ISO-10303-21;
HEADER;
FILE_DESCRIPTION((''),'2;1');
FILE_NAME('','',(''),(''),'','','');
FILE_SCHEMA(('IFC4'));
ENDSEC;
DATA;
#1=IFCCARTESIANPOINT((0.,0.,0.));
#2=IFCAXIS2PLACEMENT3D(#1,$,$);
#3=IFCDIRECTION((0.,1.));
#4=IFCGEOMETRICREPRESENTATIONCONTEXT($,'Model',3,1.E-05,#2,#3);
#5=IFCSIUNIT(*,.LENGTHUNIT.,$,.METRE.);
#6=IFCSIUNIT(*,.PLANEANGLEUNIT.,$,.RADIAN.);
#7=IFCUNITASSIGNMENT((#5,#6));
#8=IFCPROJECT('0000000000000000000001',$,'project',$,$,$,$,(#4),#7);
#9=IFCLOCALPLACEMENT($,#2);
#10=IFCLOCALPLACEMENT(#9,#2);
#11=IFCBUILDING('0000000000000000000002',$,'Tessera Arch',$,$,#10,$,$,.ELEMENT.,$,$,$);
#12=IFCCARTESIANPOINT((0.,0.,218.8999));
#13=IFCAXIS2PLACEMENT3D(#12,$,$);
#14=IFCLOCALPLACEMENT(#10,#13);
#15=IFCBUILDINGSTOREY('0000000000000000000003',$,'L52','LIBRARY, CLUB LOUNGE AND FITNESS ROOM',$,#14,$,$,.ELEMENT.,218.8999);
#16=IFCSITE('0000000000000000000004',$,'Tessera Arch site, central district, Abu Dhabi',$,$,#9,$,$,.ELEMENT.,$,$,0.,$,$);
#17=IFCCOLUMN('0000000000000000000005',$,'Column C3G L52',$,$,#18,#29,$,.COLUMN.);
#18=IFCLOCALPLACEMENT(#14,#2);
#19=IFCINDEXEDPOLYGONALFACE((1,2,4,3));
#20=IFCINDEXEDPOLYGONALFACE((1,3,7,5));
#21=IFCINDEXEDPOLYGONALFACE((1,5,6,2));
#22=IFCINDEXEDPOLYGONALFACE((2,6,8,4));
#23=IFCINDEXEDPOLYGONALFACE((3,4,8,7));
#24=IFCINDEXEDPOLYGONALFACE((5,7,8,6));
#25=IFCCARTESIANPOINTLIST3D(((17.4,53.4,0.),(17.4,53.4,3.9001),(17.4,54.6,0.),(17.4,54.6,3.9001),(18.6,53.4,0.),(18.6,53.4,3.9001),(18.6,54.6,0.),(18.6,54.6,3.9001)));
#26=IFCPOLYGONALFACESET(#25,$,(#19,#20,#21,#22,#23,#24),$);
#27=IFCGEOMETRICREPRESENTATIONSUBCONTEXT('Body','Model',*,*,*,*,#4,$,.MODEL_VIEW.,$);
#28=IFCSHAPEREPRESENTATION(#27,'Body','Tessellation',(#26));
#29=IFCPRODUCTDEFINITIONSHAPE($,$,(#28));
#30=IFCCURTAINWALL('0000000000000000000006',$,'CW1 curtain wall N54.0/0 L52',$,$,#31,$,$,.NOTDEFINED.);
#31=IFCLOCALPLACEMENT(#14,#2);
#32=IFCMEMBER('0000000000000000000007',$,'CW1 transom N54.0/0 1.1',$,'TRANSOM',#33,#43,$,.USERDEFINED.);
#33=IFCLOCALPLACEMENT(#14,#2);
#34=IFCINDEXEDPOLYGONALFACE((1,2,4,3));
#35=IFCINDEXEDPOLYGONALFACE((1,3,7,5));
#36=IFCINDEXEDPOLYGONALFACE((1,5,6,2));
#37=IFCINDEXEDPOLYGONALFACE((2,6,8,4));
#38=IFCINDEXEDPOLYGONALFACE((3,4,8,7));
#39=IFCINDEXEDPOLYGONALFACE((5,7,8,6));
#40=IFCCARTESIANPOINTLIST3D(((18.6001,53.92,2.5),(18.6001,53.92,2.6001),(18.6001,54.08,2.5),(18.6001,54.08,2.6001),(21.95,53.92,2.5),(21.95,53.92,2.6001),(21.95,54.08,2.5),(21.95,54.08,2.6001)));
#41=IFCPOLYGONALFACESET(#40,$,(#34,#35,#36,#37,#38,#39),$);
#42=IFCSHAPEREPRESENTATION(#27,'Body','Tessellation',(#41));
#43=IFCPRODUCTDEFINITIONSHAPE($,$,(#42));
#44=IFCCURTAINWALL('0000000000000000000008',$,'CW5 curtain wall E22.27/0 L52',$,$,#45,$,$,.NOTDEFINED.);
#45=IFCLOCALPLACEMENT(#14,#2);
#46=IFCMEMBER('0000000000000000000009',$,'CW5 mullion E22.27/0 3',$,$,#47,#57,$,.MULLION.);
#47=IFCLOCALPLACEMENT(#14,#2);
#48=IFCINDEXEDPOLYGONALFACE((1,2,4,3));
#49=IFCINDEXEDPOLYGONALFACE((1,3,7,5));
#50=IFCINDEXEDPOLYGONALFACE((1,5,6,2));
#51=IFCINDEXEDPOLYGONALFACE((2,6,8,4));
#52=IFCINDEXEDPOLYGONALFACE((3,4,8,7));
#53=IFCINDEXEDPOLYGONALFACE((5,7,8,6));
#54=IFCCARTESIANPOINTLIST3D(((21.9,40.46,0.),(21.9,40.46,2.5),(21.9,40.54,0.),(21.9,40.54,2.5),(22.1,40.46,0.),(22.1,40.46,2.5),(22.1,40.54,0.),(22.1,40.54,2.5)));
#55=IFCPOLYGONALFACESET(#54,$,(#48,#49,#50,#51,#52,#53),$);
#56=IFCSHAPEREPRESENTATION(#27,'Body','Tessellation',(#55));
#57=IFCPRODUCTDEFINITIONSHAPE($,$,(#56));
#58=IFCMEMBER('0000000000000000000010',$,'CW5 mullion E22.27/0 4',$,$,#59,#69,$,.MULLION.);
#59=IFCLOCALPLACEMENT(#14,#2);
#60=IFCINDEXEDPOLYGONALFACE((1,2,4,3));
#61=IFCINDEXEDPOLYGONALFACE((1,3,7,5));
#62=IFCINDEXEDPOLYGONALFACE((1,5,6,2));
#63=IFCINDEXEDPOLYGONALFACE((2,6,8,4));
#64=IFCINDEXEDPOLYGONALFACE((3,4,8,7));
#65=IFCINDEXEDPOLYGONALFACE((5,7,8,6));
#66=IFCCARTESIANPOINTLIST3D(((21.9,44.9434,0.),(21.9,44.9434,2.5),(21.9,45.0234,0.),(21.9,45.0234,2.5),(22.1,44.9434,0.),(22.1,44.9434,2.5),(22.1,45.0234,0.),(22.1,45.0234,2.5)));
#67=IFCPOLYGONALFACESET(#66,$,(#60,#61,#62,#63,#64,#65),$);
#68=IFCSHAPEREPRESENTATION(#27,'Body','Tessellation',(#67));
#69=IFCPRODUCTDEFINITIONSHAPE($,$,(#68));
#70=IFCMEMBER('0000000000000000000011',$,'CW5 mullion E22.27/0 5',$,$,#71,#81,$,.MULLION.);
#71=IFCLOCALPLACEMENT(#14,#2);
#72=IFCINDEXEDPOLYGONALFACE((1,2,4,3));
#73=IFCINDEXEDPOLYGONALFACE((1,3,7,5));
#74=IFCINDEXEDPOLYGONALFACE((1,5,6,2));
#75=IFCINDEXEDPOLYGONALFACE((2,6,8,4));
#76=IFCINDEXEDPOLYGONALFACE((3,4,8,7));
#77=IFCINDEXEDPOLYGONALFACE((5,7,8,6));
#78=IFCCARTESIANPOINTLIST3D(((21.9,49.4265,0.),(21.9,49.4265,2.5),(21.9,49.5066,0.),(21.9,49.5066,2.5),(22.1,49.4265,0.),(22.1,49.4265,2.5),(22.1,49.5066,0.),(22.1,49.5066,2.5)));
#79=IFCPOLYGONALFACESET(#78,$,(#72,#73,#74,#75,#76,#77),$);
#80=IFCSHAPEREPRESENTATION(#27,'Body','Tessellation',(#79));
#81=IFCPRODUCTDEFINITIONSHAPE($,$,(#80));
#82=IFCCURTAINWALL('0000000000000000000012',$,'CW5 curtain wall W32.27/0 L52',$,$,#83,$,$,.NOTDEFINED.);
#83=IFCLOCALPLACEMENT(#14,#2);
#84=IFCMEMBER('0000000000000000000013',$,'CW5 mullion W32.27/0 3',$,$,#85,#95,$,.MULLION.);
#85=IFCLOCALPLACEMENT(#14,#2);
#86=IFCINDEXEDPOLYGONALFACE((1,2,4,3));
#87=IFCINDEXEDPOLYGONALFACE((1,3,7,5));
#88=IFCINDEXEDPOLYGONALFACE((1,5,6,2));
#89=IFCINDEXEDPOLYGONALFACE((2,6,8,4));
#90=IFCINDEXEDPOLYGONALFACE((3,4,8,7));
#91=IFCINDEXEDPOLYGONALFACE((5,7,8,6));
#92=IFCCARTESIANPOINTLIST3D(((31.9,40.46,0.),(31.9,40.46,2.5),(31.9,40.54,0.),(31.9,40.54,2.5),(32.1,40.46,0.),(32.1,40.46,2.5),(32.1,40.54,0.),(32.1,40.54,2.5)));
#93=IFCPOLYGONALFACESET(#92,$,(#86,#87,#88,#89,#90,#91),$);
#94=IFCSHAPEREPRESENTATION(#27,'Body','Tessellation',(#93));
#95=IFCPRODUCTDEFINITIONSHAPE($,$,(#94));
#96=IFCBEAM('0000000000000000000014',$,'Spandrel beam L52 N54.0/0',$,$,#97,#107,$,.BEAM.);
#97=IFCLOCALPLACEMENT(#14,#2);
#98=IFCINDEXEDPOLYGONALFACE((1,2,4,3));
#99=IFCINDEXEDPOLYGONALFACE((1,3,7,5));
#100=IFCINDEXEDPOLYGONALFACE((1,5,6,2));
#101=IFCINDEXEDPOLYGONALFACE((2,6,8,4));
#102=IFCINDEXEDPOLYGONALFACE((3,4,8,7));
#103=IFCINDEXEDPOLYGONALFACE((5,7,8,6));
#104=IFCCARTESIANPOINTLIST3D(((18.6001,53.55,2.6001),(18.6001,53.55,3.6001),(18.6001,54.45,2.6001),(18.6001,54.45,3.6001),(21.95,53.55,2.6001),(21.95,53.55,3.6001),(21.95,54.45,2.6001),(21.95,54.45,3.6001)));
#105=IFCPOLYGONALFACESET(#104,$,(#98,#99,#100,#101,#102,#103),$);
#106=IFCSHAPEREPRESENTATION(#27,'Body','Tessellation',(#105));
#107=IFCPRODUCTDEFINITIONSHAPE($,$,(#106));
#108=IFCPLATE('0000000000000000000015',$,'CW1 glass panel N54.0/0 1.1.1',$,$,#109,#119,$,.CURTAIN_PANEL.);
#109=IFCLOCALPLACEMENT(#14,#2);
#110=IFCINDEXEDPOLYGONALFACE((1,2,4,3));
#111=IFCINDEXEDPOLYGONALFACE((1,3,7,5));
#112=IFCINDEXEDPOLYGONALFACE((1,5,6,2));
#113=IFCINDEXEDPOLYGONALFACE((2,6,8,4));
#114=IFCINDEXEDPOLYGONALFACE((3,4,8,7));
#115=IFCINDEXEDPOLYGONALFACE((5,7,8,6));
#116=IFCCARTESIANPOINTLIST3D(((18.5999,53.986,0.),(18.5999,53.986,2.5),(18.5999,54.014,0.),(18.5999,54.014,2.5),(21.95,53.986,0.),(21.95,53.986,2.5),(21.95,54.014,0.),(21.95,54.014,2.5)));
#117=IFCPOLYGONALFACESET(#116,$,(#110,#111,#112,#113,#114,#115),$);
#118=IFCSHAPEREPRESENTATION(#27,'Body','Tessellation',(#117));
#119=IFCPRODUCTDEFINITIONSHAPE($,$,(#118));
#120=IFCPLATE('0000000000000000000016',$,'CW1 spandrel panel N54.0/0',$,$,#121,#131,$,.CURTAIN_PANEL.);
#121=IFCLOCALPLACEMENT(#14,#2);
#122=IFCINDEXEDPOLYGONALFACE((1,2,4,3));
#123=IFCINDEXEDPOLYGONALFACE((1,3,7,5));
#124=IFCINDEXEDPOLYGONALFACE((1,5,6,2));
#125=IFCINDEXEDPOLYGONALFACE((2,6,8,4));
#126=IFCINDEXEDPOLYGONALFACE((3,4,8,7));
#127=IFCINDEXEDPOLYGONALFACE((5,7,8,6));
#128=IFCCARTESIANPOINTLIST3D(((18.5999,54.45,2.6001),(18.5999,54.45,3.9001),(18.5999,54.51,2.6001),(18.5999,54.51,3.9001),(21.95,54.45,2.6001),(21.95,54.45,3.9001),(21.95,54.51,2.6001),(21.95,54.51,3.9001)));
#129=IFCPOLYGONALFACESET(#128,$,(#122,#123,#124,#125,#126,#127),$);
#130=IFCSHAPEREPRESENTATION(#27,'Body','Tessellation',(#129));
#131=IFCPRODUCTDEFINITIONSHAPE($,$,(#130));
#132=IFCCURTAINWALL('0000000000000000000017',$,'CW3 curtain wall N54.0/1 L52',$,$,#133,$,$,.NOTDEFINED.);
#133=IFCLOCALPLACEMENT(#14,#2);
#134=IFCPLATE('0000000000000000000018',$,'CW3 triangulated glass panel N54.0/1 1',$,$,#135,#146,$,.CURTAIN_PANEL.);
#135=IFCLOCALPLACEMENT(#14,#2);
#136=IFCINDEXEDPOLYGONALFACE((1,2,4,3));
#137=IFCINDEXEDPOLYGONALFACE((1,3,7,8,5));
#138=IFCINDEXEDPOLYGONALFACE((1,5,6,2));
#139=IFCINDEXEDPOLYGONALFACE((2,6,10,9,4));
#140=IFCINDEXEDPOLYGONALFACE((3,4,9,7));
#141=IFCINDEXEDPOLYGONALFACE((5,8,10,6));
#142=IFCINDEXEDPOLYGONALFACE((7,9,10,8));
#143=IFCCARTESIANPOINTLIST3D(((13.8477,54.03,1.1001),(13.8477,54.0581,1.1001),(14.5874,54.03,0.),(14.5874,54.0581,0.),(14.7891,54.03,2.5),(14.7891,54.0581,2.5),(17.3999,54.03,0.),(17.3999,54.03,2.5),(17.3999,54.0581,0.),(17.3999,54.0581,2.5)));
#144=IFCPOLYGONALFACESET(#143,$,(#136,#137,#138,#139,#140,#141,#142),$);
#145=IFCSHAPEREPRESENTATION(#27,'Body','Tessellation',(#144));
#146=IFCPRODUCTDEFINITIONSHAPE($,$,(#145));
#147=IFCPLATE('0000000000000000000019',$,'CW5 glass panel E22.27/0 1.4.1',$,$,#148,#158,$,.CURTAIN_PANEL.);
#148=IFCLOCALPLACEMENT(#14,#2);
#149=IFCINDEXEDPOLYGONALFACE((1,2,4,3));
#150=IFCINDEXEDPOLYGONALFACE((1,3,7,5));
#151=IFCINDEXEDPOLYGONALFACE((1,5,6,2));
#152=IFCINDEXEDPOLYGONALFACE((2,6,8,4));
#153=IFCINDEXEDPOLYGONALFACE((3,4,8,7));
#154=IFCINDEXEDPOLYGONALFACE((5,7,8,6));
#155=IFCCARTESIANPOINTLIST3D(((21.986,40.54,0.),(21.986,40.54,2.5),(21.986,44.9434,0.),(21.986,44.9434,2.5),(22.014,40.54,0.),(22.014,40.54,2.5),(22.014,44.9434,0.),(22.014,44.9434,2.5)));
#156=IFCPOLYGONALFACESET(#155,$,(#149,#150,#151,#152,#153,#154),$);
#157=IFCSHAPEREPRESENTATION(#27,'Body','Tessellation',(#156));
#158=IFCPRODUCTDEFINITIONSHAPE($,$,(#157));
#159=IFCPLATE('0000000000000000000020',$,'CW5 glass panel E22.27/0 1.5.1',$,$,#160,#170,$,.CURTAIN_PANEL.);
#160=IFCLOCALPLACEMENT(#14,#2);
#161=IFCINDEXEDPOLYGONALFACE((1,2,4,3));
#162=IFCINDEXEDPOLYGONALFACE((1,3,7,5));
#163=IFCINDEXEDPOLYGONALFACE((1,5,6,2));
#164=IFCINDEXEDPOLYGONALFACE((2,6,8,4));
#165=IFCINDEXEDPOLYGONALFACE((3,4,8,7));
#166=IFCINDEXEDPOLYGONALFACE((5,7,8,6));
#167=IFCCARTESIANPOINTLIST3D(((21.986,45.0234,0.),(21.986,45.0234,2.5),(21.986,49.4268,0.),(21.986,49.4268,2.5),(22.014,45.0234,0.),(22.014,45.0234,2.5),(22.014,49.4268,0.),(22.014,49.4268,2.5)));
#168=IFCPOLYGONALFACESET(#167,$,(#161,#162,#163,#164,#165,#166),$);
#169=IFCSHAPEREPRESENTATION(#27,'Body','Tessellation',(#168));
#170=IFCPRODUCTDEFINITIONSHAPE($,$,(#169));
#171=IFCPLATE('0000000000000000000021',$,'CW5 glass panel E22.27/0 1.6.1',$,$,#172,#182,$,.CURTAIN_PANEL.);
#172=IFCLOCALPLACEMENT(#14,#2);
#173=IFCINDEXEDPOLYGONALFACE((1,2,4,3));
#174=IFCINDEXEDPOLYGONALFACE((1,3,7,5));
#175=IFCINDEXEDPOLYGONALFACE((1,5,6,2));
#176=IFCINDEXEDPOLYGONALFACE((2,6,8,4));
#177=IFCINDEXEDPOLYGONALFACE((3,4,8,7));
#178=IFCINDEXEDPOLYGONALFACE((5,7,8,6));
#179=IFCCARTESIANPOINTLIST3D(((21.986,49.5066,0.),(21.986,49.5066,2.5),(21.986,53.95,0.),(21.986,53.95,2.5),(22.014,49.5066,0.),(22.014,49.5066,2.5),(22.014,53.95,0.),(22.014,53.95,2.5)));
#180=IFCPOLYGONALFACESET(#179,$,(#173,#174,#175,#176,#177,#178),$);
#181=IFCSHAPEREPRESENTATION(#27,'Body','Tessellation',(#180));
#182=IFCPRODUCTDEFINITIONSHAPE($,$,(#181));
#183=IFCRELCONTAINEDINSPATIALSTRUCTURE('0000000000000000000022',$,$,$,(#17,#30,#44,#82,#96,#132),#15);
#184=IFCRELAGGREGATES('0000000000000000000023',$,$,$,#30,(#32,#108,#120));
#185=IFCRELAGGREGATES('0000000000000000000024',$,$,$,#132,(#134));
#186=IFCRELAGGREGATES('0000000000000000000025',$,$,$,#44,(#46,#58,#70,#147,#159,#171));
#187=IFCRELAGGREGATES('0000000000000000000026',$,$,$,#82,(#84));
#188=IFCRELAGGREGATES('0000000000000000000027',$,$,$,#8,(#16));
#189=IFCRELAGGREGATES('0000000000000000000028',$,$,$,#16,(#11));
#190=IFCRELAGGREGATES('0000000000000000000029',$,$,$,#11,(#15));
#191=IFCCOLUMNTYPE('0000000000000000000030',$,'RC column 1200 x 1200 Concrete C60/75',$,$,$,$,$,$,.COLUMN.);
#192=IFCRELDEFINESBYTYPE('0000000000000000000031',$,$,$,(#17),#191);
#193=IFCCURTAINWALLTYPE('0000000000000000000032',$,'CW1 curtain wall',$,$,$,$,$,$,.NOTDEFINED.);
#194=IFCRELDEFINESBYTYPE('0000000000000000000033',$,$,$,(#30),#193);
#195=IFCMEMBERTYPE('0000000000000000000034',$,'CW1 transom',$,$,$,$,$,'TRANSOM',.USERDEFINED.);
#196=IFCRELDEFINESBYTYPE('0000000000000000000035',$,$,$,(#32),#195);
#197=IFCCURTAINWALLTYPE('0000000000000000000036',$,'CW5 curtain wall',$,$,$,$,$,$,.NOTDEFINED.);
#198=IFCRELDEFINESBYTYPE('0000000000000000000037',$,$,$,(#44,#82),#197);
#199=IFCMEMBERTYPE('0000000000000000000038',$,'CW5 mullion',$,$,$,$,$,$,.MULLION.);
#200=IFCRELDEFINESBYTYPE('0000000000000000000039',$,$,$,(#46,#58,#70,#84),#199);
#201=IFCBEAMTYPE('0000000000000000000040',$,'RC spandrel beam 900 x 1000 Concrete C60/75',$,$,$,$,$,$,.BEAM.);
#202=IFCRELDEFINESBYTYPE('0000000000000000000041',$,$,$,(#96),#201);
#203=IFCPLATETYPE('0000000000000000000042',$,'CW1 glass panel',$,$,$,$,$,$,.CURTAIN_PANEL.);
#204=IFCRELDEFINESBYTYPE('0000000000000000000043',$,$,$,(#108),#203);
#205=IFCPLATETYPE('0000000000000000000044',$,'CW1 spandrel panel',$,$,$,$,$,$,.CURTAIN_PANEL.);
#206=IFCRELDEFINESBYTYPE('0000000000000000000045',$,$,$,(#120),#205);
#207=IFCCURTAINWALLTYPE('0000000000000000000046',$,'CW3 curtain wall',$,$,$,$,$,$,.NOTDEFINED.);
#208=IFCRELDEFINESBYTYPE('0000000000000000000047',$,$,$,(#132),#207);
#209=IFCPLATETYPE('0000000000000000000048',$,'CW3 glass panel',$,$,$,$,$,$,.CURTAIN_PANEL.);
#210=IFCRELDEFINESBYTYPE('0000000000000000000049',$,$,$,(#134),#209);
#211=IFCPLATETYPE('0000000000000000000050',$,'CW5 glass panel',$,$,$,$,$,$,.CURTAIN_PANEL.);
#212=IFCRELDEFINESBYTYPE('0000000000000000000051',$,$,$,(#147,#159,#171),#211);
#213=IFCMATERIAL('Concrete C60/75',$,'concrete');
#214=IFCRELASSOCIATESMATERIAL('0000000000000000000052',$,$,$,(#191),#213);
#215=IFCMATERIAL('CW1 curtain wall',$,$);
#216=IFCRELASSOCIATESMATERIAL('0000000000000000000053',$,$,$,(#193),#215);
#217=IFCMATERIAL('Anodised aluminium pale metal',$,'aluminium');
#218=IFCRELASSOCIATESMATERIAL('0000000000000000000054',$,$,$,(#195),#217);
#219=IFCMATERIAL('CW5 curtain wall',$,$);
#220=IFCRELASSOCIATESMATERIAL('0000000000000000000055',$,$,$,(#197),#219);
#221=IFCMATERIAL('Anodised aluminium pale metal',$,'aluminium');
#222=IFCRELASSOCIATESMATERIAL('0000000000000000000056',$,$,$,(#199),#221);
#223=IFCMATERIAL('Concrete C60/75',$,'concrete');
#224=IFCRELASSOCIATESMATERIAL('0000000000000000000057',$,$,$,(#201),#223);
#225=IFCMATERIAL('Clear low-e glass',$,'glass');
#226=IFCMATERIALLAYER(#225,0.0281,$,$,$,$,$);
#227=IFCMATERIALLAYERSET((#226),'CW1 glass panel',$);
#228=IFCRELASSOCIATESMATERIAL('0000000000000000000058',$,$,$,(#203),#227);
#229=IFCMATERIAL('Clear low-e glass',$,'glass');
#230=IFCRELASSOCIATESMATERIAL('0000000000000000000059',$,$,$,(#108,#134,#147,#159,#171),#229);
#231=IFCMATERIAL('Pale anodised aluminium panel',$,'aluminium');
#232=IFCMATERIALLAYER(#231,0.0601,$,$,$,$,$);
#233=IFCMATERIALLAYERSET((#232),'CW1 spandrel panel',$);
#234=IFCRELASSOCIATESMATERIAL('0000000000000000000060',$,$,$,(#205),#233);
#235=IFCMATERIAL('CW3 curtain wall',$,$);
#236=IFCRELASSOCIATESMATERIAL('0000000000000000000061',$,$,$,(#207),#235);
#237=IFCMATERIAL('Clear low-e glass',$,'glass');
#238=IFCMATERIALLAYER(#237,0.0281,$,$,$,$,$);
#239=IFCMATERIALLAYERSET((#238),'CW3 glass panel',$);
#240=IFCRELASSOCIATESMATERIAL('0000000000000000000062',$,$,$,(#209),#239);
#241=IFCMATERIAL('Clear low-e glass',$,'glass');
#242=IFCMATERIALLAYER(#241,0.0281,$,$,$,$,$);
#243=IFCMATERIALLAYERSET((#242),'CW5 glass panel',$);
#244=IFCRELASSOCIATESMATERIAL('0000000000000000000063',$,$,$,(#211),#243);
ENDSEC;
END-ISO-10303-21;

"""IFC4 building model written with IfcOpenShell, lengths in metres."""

from ifc_helpers import new_model, si_unit, direction, frame, origin, origin_2d, place, context, subcontext, project, spatial, polyline, rectangle, outline, extrude, material, layer, layer_set, material_profile, profile_set, type_object, element, aggregate, save


model = new_model("IFC4")

# Units and contexts
model_context = context("Model", 3, precision=1e-05, world=origin(), true_north=direction((0.0, 1.0)))
body_context = subcontext(model_context, "Body", "Model", "MODEL_VIEW")
ifc_project = project(units=[si_unit("LENGTHUNIT", "METRE"), si_unit("PLANEANGLEUNIT", "RADIAN")], contexts=[model_context])

# Site, building, storey
site_placement = place(None, origin())
site = spatial("IfcSite", under=ifc_project, at=site_placement, Name="Tessera Arch site, central district, Abu Dhabi", CompositionType="ELEMENT", RefElevation=0.0)
building_placement = place(site_placement, origin())
building = spatial("IfcBuilding", under=site, at=building_placement, Name="Tessera Arch", CompositionType="ELEMENT")
storey_placement = place(building_placement, frame((0.0, 0.0, 218.8999)))
storey = spatial("IfcBuildingStorey", under=building, at=storey_placement, Name="L52", Description="LIBRARY, CLUB LOUNGE AND FITNESS ROOM", CompositionType="ELEMENT", Elevation=218.8999)

# Column
ifc_material_1 = material(Name="Concrete C60/75", Category="concrete")
ifc_material_profile_1 = material_profile(ifc_material_1, rectangle(XDim=1.2, YDim=1.2, at=origin_2d()), Name="RC column 1200 x 1200 Concrete C60/75")
ifc_profile_set_1 = profile_set([ifc_material_profile_1], Name="Concrete C60/75")
column_type = type_object("IfcColumnType", Name="RC column 1200 x 1200 Concrete C60/75", PredefinedType="COLUMN", material=ifc_profile_set_1)
column_placement = place(storey_placement, frame((18.0, 54.0, 0.0), z_axis=(0.0, 0.0, 1.0), x_axis=(1.0, 0.0, 0.0)))
element("IfcColumn", 1, at=column_placement, inside=storey, type_object=column_type, Name="Column C3G L52", PredefinedType="COLUMN", context=body_context, shape_type="SweptSolid", body=[
    extrude(rectangle(XDim=1.2, YDim=1.2, at=origin_2d()), origin(), (0.0, 0.0, 1.0), 3.9001),
])

# Curtain wall, member
ifc_material_2 = material(Name="CW1 curtain wall")
curtain_wall_type_1 = type_object("IfcCurtainWallType", Name="CW1 curtain wall", PredefinedType="NOTDEFINED", material=ifc_material_2)
curtain_wall_1_placement = place(storey_placement, origin())
curtain_wall_1 = element("IfcCurtainWall", 2, at=curtain_wall_1_placement, inside=storey, type_object=curtain_wall_type_1, Name="CW1 curtain wall N54.0/0 L52", PredefinedType="NOTDEFINED")
ifc_material_3 = material(Name="Anodised aluminium pale metal", Category="aluminium")
ifc_material_profile_2 = material_profile(ifc_material_3, rectangle(XDim=0.1599, YDim=0.1001, at=origin_2d()), Name="AL 160x100")
ifc_profile_set_2 = profile_set([ifc_material_profile_2], Name="Anodised aluminium pale metal")
member_type_1 = type_object("IfcMemberType", Name="CW1 transom", ElementType="TRANSOM", PredefinedType="USERDEFINED", material=ifc_profile_set_2)
member_1_placement = place(storey_placement, frame((21.95, 54.0, 2.55), z_axis=(-1.0, 0.0, 0.0), x_axis=(0.0, -1.0, 0.0)))
member_1 = element("IfcMember", 3, at=member_1_placement, type_object=member_type_1, Name="CW1 transom N54.0/0 1.1", ObjectType="TRANSOM", PredefinedType="USERDEFINED", context=body_context, shape_type="SweptSolid", body=[
    extrude(rectangle(XDim=0.1599, YDim=0.1001, at=origin_2d()), origin(), (0.0, 0.0, 1.0), 3.3499),
])

# Curtain wall, members
ifc_material_4 = material(Name="CW5 curtain wall")
curtain_wall_type_2 = type_object("IfcCurtainWallType", Name="CW5 curtain wall", PredefinedType="NOTDEFINED", material=ifc_material_4)
curtain_wall_2_placement = place(storey_placement, origin())
curtain_wall_2 = element("IfcCurtainWall", 4, at=curtain_wall_2_placement, inside=storey, type_object=curtain_wall_type_2, Name="CW5 curtain wall E22.27/0 L52", PredefinedType="NOTDEFINED")
ifc_material_5 = material(Name="Anodised aluminium pale metal", Category="aluminium")
ifc_material_profile_3 = material_profile(ifc_material_5, rectangle(XDim=0.2, YDim=0.0801, at=origin_2d()), Name="AL 80x200")
ifc_profile_set_3 = profile_set([ifc_material_profile_3], Name="Anodised aluminium pale metal")
member_type_2 = type_object("IfcMemberType", Name="CW5 mullion", PredefinedType="MULLION", material=ifc_profile_set_3)
member_2_placement = place(storey_placement, frame((22.0, 40.5, 0.0), z_axis=(0.0, 0.0, 1.0), x_axis=(-1.0, 0.0, 0.0)))
member_2 = element("IfcMember", 5, at=member_2_placement, type_object=member_type_2, Name="CW5 mullion E22.27/0 3", PredefinedType="MULLION", context=body_context, shape_type="SweptSolid", body=[
    extrude(rectangle(XDim=0.2, YDim=0.0801, at=origin_2d()), origin(), (0.0, 0.0, 1.0), 2.5),
])
member_3_placement = place(storey_placement, frame((22.0, 44.9834, 0.0), z_axis=(0.0, 0.0, 1.0), x_axis=(-1.0, 0.0, 0.0)))
member_3 = element("IfcMember", 6, at=member_3_placement, type_object=member_type_2, Name="CW5 mullion E22.27/0 4", PredefinedType="MULLION", context=body_context, shape_type="SweptSolid", body=[
    extrude(rectangle(XDim=0.2, YDim=0.0801, at=origin_2d()), origin(), (0.0, 0.0, 1.0), 2.5),
])
member_4_placement = place(storey_placement, frame((22.0, 49.4666, 0.0), z_axis=(0.0, 0.0, 1.0), x_axis=(-1.0, 0.0, 0.0)))
member_4 = element("IfcMember", 7, at=member_4_placement, type_object=member_type_2, Name="CW5 mullion E22.27/0 5", PredefinedType="MULLION", context=body_context, shape_type="SweptSolid", body=[
    extrude(rectangle(XDim=0.2, YDim=0.0801, at=origin_2d()), origin(), (0.0, 0.0, 1.0), 2.5),
])

# Curtain wall, member
curtain_wall_3_placement = place(storey_placement, origin())
curtain_wall_3 = element("IfcCurtainWall", 8, at=curtain_wall_3_placement, inside=storey, type_object=curtain_wall_type_2, Name="CW5 curtain wall W32.27/0 L52", PredefinedType="NOTDEFINED")
member_5_placement = place(storey_placement, frame((32.0, 40.5, 0.0), z_axis=(0.0, 0.0, 1.0), x_axis=(1.0, 0.0, 0.0)))
member_5 = element("IfcMember", 9, at=member_5_placement, type_object=member_type_2, Name="CW5 mullion W32.27/0 3", PredefinedType="MULLION", context=body_context, shape_type="SweptSolid", body=[
    extrude(rectangle(XDim=0.2, YDim=0.0801, at=origin_2d()), origin(), (0.0, 0.0, 1.0), 2.5),
])

# Beam
ifc_material_6 = material(Name="Concrete C60/75", Category="concrete")
ifc_material_profile_4 = material_profile(ifc_material_6, rectangle(XDim=0.8999, YDim=1.0, at=origin_2d()), Name="RC spandrel beam 900 x 1000 Concrete C60/75")
ifc_profile_set_4 = profile_set([ifc_material_profile_4], Name="Concrete C60/75")
beam_type = type_object("IfcBeamType", Name="RC spandrel beam 900 x 1000 Concrete C60/75", PredefinedType="BEAM", material=ifc_profile_set_4)
beam_placement = place(storey_placement, frame((21.95, 54.0, 3.1001), z_axis=(-1.0, 0.0, 0.0), x_axis=(0.0, -1.0, 0.0)))
element("IfcBeam", 10, at=beam_placement, inside=storey, type_object=beam_type, Name="Spandrel beam L52 N54.0/0", PredefinedType="BEAM", context=body_context, shape_type="SweptSolid", body=[
    extrude(rectangle(XDim=0.8999, YDim=1.0, at=origin_2d()), origin(), (0.0, 0.0, 1.0), 3.3499),
])

# Plates
ifc_material_7 = material(Name="Clear low-e glass", Category="glass")
ifc_material_8 = material(Name="Clear low-e glass", Category="glass")
ifc_layer_1 = layer(ifc_material_8, 0.0281)
ifc_layer_set_1 = layer_set([ifc_layer_1], Name="CW1 glass panel")
plate_type_1 = type_object("IfcPlateType", Name="CW1 glass panel", PredefinedType="CURTAIN_PANEL", material=ifc_layer_set_1)
plate_1_placement = place(storey_placement, frame((20.2749, 54.0, 0.0), z_axis=(0.0, 0.0, 1.0), x_axis=(-1.0, 0.0, 0.0)))
plate_1 = element("IfcPlate", 11, at=plate_1_placement, type_object=plate_type_1, material=ifc_material_7, Name="CW1 glass panel N54.0/0 1.1.1", PredefinedType="CURTAIN_PANEL", context=body_context, shape_type="SweptSolid", body=[
    extrude(rectangle(XDim=3.3501, YDim=0.0281, at=origin_2d()), origin(), (0.0, 0.0, 1.0), 2.5),
])
ifc_material_9 = material(Name="Pale anodised aluminium panel", Category="aluminium")
ifc_layer_2 = layer(ifc_material_9, 0.0601)
ifc_layer_set_2 = layer_set([ifc_layer_2], Name="CW1 spandrel panel")
plate_type_2 = type_object("IfcPlateType", Name="CW1 spandrel panel", PredefinedType="CURTAIN_PANEL", material=ifc_layer_set_2)
plate_2_placement = place(storey_placement, frame((20.2749, 54.48, 2.6001), z_axis=(0.0, 0.0, 1.0), x_axis=(-1.0, 0.0, 0.0)))
plate_2 = element("IfcPlate", 12, at=plate_2_placement, type_object=plate_type_2, Name="CW1 spandrel panel N54.0/0", PredefinedType="CURTAIN_PANEL", context=body_context, shape_type="SweptSolid", body=[
    extrude(rectangle(XDim=3.3501, YDim=0.0601, at=origin_2d()), origin(), (0.0, 0.0, 1.0), 1.3),
])
aggregate(curtain_wall_1, [member_1, plate_1, plate_2])

# Curtain wall, plate
ifc_material_10 = material(Name="CW3 curtain wall")
curtain_wall_type_3 = type_object("IfcCurtainWallType", Name="CW3 curtain wall", PredefinedType="NOTDEFINED", material=ifc_material_10)
curtain_wall_4_placement = place(storey_placement, origin())
curtain_wall_4 = element("IfcCurtainWall", 13, at=curtain_wall_4_placement, inside=storey, type_object=curtain_wall_type_3, Name="CW3 curtain wall N54.0/1 L52", PredefinedType="NOTDEFINED")
ifc_material_11 = material(Name="Clear low-e glass", Category="glass")
ifc_layer_3 = layer(ifc_material_11, 0.0281)
ifc_layer_set_3 = layer_set([ifc_layer_3], Name="CW3 glass panel")
plate_type_3 = type_object("IfcPlateType", Name="CW3 glass panel", PredefinedType="CURTAIN_PANEL", material=ifc_layer_set_3)
plate_3_placement = place(storey_placement, frame((17.3999, 54.0581, 0.0), z_axis=(0.0, 1.0, 0.0), x_axis=(-1.0, 0.0, 0.0)))
plate_3 = element("IfcPlate", 14, at=plate_3_placement, type_object=plate_type_3, material=ifc_material_7, Name="CW3 triangulated glass panel N54.0/1 1", PredefinedType="CURTAIN_PANEL", context=body_context, shape_type="SweptSolid", body=[
    extrude(outline(polyline([(0.0, 0.0), (2.8125, 0.0), (3.5522, 1.1001), (2.6108, 2.5), (0.0, 2.5), (0.0, 0.0)])), origin(), (0.0, 0.0, -1.0), 0.0281),
])
aggregate(curtain_wall_4, [plate_3])

# Plates
ifc_material_12 = material(Name="Clear low-e glass", Category="glass")
ifc_layer_4 = layer(ifc_material_12, 0.0281)
ifc_layer_set_4 = layer_set([ifc_layer_4], Name="CW5 glass panel")
plate_type_4 = type_object("IfcPlateType", Name="CW5 glass panel", PredefinedType="CURTAIN_PANEL", material=ifc_layer_set_4)
plate_4_placement = place(storey_placement, frame((22.0, 42.7417, 0.0), z_axis=(0.0, 0.0, 1.0), x_axis=(0.0, 1.0, 0.0)))
plate_4 = element("IfcPlate", 15, at=plate_4_placement, type_object=plate_type_4, material=ifc_material_7, Name="CW5 glass panel E22.27/0 1.4.1", PredefinedType="CURTAIN_PANEL", context=body_context, shape_type="SweptSolid", body=[
    extrude(rectangle(XDim=4.4033, YDim=0.0281, at=origin_2d()), origin(), (0.0, 0.0, 1.0), 2.5),
])
plate_5_placement = place(storey_placement, frame((22.0, 47.2251, 0.0), z_axis=(0.0, 0.0, 1.0), x_axis=(0.0, 1.0, 0.0)))
plate_5 = element("IfcPlate", 16, at=plate_5_placement, type_object=plate_type_4, material=ifc_material_7, Name="CW5 glass panel E22.27/0 1.5.1", PredefinedType="CURTAIN_PANEL", context=body_context, shape_type="SweptSolid", body=[
    extrude(rectangle(XDim=4.4033, YDim=0.0281, at=origin_2d()), origin(), (0.0, 0.0, 1.0), 2.5),
])
plate_6_placement = place(storey_placement, frame((22.0, 51.7283, 0.0), z_axis=(0.0, 0.0, 1.0), x_axis=(0.0, 1.0, 0.0)))
plate_6 = element("IfcPlate", 17, at=plate_6_placement, type_object=plate_type_4, material=ifc_material_7, Name="CW5 glass panel E22.27/0 1.6.1", PredefinedType="CURTAIN_PANEL", context=body_context, shape_type="SweptSolid", body=[
    extrude(rectangle(XDim=4.4434, YDim=0.0281, at=origin_2d()), origin(), (0.0, 0.0, 1.0), 2.5),
])
aggregate(curtain_wall_2, [member_2, member_3, member_4, plate_4, plate_5, plate_6])
aggregate(curtain_wall_3, [member_5])

save(model, "model.ifc")
